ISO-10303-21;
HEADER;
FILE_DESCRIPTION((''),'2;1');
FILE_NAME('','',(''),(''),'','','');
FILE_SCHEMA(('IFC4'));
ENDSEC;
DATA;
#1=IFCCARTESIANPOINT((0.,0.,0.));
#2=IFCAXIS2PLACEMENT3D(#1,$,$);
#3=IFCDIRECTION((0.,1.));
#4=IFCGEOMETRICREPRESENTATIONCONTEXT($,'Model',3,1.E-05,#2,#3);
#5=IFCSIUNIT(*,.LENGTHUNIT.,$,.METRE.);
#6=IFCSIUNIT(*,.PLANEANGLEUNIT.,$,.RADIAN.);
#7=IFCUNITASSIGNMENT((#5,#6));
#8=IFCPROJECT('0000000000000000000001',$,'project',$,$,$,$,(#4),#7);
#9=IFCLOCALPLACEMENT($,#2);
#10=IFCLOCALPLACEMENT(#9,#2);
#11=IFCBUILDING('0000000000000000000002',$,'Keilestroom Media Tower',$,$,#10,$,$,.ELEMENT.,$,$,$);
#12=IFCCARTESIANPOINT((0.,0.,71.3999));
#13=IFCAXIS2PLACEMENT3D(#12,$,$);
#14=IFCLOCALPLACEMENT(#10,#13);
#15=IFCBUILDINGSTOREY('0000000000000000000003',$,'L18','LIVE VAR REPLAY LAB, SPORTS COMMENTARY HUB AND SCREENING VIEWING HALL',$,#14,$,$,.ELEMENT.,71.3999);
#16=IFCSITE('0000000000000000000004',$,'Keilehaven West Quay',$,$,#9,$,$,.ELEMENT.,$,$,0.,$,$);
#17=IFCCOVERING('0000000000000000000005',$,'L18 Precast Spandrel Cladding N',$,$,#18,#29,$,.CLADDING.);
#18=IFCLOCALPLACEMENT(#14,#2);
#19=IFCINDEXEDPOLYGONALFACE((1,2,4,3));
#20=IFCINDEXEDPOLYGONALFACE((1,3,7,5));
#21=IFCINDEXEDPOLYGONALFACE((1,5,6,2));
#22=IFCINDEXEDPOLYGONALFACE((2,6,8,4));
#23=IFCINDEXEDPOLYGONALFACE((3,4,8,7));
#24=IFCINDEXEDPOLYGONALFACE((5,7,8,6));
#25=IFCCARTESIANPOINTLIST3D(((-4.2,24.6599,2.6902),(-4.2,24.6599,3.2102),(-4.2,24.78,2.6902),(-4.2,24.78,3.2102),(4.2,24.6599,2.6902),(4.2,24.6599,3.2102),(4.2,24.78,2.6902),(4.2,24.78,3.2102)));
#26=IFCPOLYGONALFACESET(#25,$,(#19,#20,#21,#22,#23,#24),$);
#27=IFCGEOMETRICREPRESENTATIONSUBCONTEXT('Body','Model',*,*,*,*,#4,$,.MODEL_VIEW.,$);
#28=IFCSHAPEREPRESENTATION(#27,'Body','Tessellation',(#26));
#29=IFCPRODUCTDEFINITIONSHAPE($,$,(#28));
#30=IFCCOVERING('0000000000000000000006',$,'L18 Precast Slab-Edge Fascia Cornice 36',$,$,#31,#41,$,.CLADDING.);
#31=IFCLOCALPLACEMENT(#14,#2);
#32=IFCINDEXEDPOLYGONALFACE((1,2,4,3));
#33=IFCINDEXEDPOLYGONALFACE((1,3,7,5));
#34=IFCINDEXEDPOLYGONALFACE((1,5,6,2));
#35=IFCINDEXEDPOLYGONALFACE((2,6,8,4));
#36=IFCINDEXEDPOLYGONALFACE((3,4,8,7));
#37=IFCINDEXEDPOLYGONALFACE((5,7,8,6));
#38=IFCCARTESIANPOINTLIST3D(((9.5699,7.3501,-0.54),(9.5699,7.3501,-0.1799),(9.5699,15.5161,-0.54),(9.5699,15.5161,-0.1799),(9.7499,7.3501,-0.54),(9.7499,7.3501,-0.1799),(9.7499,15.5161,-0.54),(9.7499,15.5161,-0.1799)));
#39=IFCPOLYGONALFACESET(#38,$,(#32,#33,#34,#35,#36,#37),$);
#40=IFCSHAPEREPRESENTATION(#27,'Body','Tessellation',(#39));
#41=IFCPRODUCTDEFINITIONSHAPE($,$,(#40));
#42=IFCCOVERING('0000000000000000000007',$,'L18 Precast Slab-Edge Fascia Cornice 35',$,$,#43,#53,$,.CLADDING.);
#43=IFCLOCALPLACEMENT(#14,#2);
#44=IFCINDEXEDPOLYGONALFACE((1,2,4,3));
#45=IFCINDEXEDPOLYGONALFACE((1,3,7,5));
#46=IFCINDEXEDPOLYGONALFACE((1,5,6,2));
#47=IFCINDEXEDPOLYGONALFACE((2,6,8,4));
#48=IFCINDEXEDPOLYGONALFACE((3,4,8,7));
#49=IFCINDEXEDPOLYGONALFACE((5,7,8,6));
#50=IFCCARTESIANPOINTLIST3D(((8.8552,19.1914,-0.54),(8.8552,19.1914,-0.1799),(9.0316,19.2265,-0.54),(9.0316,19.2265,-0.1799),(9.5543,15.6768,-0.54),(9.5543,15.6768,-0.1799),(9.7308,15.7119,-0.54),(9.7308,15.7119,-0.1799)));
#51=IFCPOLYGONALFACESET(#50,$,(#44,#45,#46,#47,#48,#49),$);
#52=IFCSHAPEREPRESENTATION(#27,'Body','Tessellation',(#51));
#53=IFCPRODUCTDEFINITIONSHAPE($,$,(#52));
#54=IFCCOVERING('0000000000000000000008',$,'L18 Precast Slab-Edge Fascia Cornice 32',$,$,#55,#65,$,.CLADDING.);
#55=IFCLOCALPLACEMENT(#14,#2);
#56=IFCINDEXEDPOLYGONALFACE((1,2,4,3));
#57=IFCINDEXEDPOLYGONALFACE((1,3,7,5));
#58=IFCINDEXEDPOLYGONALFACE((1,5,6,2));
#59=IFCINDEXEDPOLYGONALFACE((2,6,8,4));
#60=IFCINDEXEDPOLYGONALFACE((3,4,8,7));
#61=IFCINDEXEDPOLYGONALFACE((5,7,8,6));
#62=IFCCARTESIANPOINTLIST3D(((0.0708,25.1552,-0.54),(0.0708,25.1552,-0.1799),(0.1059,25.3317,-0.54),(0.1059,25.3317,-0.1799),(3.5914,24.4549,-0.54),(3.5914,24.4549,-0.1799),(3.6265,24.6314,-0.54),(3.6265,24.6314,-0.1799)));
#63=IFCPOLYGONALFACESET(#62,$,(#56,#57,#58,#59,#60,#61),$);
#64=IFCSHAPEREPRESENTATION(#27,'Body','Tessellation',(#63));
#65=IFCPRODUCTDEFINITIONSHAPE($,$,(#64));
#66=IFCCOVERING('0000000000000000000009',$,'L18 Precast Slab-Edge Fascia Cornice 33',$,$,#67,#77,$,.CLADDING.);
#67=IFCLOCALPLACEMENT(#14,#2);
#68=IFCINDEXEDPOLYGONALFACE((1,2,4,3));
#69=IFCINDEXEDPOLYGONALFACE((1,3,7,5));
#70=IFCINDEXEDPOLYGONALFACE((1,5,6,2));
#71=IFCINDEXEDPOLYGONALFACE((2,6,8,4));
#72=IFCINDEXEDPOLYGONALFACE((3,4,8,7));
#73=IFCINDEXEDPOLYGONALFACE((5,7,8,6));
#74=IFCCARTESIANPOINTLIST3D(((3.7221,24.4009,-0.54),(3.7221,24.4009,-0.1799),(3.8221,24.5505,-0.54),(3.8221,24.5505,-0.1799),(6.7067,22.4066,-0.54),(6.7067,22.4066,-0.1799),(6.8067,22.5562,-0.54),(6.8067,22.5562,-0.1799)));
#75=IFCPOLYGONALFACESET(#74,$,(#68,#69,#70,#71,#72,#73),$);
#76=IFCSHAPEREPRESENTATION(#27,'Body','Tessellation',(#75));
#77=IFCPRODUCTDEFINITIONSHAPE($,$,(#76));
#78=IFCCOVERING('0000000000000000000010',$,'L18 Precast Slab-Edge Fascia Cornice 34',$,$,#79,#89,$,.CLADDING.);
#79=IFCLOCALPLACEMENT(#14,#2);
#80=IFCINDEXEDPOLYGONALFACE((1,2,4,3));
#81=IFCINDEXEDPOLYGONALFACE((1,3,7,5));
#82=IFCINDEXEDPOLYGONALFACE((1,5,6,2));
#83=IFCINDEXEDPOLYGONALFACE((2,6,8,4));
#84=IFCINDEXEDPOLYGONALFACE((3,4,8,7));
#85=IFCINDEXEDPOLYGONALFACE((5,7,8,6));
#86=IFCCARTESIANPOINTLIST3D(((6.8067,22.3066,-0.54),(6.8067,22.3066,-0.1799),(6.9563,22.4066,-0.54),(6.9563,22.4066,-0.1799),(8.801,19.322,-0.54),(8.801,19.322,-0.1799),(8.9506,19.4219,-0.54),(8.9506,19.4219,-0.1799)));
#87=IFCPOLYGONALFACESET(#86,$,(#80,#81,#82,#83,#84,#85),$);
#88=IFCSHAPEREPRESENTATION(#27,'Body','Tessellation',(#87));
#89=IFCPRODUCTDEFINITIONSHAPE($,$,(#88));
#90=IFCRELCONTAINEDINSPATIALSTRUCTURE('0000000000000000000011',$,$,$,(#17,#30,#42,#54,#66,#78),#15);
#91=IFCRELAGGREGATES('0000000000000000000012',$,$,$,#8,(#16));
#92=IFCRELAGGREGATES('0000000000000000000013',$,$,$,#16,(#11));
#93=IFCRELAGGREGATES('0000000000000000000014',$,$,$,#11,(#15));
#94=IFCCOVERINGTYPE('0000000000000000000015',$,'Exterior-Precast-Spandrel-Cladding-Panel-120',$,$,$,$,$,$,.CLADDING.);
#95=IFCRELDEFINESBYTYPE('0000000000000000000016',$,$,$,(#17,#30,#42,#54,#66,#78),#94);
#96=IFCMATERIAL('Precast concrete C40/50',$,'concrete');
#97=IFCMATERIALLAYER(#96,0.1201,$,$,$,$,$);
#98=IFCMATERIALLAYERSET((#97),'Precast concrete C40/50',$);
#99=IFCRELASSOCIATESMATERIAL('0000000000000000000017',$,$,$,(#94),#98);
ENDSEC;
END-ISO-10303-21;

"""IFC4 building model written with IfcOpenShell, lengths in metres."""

from ifc_helpers import new_model, si_unit, direction, frame, origin, origin_2d, place, context, subcontext, project, spatial, rectangle, extrude, source, transform, mapped, material, layer, layer_set, type_object, element, save


model = new_model("IFC4")

# Units and contexts
model_context = context("Model", 3, precision=1e-05, world=origin(), true_north=direction((0.0, 1.0)))
body_context = subcontext(model_context, "Body", "Model", "MODEL_VIEW")
ifc_project = project(units=[si_unit("LENGTHUNIT", "METRE"), si_unit("PLANEANGLEUNIT", "RADIAN")], contexts=[model_context])

# Site, building, storey
site_placement = place(None, origin())
site = spatial("IfcSite", under=ifc_project, at=site_placement, Name="Keilehaven West Quay", CompositionType="ELEMENT", RefElevation=0.0)
building_placement = place(site_placement, origin())
building = spatial("IfcBuilding", under=site, at=building_placement, Name="Keilestroom Media Tower", CompositionType="ELEMENT")
storey_placement = place(building_placement, frame((0.0, 0.0, 71.3999)))
storey = spatial("IfcBuildingStorey", under=building, at=storey_placement, Name="L18", Description="LIVE VAR REPLAY LAB, SPORTS COMMENTARY HUB AND SCREENING VIEWING HALL", CompositionType="ELEMENT", Elevation=71.3999)

# Shared definitions
ifc_material_1 = material(Name="Precast concrete C40/50", Category="concrete")

# Coverings
ifc_layer_1 = layer(ifc_material_1, 0.1201)
ifc_layer_set_1 = layer_set([ifc_layer_1], Name="Precast concrete C40/50")
covering_type = type_object("IfcCoveringType", Name="Exterior-Precast-Spandrel-Cladding-Panel-120", PredefinedType="CLADDING", material=ifc_layer_set_1)
shared_shape_1 = source(origin(), body_context, "Body", "SweptSolid", [
    extrude(rectangle(XDim=8.3999, YDim=0.1201, at=origin_2d()), origin(), (0.0, 0.0, 1.0), 0.52),
])
covering_1_placement = place(storey_placement, frame((0.0, 24.72, 2.6902), z_axis=(0.0, 0.0, 1.0), x_axis=(1.0, 0.0, 0.0)))
element("IfcCovering", 1, at=covering_1_placement, inside=storey, type_object=covering_type, Name="L18 Precast Spandrel Cladding N", PredefinedType="CLADDING", context=body_context, shape_type="MappedRepresentation", body=[
    mapped(shared_shape_1, transform((0.0, 0.0, 0.0), x_axis=(1.0, 0.0, 0.0), y_axis=(0.0, 1.0, 0.0), z_axis=(0.0, 0.0, 1.0), scale=1.0)),
])
shared_shape_2 = source(origin(), body_context, "Body", "SweptSolid", [
    extrude(rectangle(XDim=8.166, YDim=0.1799, at=origin_2d()), origin(), (0.0, 0.0, 1.0), 0.3601),
])
covering_2_placement = place(storey_placement, frame((9.6599, 11.4331, -0.54), z_axis=(0.0, 0.0, 1.0), x_axis=(0.0, -1.0, 0.0)))
element("IfcCovering", 2, at=covering_2_placement, inside=storey, type_object=covering_type, Name="L18 Precast Slab-Edge Fascia Cornice 36", PredefinedType="CLADDING", context=body_context, shape_type="MappedRepresentation", body=[
    mapped(shared_shape_2, transform((0.0, 0.0, 0.0), x_axis=(1.0, 0.0, 0.0), y_axis=(0.0, 1.0, 0.0), z_axis=(0.0, 0.0, 1.0), scale=1.0)),
])
shared_shape_3 = source(origin(), body_context, "Body", "SweptSolid", [
    extrude(rectangle(XDim=3.5835, YDim=0.1799, at=origin_2d()), origin(), (0.0, 0.0, 1.0), 0.3601),
])
covering_3_placement = place(storey_placement, frame((9.293, 17.4517, -0.54), z_axis=(0.0, 0.0, 1.0), x_axis=(0.195099, -0.980784, 0.0)))
element("IfcCovering", 3, at=covering_3_placement, inside=storey, type_object=covering_type, Name="L18 Precast Slab-Edge Fascia Cornice 35", PredefinedType="CLADDING", context=body_context, shape_type="MappedRepresentation", body=[
    mapped(shared_shape_3, transform((0.0, 0.0, 0.0), x_axis=(1.0, 0.0, 0.0), y_axis=(0.0, 1.0, 0.0), z_axis=(0.0, 0.0, 1.0), scale=1.0)),
])
shared_shape_4 = source(origin(), body_context, "Body", "SweptSolid", [
    extrude(rectangle(XDim=3.5896, YDim=0.1799, at=origin_2d()), origin(), (0.0, 0.0, 1.0), 0.3601),
])
for number, where, z_axis, x_axis, name in (
    (4, (1.8486, 24.8933, -0.54), (0.0, 0.0, 1.0), (0.980784, -0.195099, 0.0), "L18 Precast Slab-Edge Fascia Cornice 32"),
    (5, (5.2644, 23.4785, -0.54), (0.0, 0.0, 1.0), (0.831467, -0.555575, 0.0), "L18 Precast Slab-Edge Fascia Cornice 33"),
    (6, (7.8787, 20.8643, -0.54), (0.0, 0.0, 1.0), (0.555575, -0.831467, 0.0), "L18 Precast Slab-Edge Fascia Cornice 34"),
):
    element("IfcCovering", number, at=place(storey_placement, frame(where, z_axis=z_axis, x_axis=x_axis)), inside=storey, type_object=covering_type, Name=name, PredefinedType="CLADDING", context=body_context, shape_type="MappedRepresentation", body=[
        mapped(shared_shape_4, transform((0.0, 0.0, 0.0), x_axis=(1.0, 0.0, 0.0), y_axis=(0.0, 1.0, 0.0), z_axis=(0.0, 0.0, 1.0), scale=1.0)),
    ])

save(model, "model.ifc")
